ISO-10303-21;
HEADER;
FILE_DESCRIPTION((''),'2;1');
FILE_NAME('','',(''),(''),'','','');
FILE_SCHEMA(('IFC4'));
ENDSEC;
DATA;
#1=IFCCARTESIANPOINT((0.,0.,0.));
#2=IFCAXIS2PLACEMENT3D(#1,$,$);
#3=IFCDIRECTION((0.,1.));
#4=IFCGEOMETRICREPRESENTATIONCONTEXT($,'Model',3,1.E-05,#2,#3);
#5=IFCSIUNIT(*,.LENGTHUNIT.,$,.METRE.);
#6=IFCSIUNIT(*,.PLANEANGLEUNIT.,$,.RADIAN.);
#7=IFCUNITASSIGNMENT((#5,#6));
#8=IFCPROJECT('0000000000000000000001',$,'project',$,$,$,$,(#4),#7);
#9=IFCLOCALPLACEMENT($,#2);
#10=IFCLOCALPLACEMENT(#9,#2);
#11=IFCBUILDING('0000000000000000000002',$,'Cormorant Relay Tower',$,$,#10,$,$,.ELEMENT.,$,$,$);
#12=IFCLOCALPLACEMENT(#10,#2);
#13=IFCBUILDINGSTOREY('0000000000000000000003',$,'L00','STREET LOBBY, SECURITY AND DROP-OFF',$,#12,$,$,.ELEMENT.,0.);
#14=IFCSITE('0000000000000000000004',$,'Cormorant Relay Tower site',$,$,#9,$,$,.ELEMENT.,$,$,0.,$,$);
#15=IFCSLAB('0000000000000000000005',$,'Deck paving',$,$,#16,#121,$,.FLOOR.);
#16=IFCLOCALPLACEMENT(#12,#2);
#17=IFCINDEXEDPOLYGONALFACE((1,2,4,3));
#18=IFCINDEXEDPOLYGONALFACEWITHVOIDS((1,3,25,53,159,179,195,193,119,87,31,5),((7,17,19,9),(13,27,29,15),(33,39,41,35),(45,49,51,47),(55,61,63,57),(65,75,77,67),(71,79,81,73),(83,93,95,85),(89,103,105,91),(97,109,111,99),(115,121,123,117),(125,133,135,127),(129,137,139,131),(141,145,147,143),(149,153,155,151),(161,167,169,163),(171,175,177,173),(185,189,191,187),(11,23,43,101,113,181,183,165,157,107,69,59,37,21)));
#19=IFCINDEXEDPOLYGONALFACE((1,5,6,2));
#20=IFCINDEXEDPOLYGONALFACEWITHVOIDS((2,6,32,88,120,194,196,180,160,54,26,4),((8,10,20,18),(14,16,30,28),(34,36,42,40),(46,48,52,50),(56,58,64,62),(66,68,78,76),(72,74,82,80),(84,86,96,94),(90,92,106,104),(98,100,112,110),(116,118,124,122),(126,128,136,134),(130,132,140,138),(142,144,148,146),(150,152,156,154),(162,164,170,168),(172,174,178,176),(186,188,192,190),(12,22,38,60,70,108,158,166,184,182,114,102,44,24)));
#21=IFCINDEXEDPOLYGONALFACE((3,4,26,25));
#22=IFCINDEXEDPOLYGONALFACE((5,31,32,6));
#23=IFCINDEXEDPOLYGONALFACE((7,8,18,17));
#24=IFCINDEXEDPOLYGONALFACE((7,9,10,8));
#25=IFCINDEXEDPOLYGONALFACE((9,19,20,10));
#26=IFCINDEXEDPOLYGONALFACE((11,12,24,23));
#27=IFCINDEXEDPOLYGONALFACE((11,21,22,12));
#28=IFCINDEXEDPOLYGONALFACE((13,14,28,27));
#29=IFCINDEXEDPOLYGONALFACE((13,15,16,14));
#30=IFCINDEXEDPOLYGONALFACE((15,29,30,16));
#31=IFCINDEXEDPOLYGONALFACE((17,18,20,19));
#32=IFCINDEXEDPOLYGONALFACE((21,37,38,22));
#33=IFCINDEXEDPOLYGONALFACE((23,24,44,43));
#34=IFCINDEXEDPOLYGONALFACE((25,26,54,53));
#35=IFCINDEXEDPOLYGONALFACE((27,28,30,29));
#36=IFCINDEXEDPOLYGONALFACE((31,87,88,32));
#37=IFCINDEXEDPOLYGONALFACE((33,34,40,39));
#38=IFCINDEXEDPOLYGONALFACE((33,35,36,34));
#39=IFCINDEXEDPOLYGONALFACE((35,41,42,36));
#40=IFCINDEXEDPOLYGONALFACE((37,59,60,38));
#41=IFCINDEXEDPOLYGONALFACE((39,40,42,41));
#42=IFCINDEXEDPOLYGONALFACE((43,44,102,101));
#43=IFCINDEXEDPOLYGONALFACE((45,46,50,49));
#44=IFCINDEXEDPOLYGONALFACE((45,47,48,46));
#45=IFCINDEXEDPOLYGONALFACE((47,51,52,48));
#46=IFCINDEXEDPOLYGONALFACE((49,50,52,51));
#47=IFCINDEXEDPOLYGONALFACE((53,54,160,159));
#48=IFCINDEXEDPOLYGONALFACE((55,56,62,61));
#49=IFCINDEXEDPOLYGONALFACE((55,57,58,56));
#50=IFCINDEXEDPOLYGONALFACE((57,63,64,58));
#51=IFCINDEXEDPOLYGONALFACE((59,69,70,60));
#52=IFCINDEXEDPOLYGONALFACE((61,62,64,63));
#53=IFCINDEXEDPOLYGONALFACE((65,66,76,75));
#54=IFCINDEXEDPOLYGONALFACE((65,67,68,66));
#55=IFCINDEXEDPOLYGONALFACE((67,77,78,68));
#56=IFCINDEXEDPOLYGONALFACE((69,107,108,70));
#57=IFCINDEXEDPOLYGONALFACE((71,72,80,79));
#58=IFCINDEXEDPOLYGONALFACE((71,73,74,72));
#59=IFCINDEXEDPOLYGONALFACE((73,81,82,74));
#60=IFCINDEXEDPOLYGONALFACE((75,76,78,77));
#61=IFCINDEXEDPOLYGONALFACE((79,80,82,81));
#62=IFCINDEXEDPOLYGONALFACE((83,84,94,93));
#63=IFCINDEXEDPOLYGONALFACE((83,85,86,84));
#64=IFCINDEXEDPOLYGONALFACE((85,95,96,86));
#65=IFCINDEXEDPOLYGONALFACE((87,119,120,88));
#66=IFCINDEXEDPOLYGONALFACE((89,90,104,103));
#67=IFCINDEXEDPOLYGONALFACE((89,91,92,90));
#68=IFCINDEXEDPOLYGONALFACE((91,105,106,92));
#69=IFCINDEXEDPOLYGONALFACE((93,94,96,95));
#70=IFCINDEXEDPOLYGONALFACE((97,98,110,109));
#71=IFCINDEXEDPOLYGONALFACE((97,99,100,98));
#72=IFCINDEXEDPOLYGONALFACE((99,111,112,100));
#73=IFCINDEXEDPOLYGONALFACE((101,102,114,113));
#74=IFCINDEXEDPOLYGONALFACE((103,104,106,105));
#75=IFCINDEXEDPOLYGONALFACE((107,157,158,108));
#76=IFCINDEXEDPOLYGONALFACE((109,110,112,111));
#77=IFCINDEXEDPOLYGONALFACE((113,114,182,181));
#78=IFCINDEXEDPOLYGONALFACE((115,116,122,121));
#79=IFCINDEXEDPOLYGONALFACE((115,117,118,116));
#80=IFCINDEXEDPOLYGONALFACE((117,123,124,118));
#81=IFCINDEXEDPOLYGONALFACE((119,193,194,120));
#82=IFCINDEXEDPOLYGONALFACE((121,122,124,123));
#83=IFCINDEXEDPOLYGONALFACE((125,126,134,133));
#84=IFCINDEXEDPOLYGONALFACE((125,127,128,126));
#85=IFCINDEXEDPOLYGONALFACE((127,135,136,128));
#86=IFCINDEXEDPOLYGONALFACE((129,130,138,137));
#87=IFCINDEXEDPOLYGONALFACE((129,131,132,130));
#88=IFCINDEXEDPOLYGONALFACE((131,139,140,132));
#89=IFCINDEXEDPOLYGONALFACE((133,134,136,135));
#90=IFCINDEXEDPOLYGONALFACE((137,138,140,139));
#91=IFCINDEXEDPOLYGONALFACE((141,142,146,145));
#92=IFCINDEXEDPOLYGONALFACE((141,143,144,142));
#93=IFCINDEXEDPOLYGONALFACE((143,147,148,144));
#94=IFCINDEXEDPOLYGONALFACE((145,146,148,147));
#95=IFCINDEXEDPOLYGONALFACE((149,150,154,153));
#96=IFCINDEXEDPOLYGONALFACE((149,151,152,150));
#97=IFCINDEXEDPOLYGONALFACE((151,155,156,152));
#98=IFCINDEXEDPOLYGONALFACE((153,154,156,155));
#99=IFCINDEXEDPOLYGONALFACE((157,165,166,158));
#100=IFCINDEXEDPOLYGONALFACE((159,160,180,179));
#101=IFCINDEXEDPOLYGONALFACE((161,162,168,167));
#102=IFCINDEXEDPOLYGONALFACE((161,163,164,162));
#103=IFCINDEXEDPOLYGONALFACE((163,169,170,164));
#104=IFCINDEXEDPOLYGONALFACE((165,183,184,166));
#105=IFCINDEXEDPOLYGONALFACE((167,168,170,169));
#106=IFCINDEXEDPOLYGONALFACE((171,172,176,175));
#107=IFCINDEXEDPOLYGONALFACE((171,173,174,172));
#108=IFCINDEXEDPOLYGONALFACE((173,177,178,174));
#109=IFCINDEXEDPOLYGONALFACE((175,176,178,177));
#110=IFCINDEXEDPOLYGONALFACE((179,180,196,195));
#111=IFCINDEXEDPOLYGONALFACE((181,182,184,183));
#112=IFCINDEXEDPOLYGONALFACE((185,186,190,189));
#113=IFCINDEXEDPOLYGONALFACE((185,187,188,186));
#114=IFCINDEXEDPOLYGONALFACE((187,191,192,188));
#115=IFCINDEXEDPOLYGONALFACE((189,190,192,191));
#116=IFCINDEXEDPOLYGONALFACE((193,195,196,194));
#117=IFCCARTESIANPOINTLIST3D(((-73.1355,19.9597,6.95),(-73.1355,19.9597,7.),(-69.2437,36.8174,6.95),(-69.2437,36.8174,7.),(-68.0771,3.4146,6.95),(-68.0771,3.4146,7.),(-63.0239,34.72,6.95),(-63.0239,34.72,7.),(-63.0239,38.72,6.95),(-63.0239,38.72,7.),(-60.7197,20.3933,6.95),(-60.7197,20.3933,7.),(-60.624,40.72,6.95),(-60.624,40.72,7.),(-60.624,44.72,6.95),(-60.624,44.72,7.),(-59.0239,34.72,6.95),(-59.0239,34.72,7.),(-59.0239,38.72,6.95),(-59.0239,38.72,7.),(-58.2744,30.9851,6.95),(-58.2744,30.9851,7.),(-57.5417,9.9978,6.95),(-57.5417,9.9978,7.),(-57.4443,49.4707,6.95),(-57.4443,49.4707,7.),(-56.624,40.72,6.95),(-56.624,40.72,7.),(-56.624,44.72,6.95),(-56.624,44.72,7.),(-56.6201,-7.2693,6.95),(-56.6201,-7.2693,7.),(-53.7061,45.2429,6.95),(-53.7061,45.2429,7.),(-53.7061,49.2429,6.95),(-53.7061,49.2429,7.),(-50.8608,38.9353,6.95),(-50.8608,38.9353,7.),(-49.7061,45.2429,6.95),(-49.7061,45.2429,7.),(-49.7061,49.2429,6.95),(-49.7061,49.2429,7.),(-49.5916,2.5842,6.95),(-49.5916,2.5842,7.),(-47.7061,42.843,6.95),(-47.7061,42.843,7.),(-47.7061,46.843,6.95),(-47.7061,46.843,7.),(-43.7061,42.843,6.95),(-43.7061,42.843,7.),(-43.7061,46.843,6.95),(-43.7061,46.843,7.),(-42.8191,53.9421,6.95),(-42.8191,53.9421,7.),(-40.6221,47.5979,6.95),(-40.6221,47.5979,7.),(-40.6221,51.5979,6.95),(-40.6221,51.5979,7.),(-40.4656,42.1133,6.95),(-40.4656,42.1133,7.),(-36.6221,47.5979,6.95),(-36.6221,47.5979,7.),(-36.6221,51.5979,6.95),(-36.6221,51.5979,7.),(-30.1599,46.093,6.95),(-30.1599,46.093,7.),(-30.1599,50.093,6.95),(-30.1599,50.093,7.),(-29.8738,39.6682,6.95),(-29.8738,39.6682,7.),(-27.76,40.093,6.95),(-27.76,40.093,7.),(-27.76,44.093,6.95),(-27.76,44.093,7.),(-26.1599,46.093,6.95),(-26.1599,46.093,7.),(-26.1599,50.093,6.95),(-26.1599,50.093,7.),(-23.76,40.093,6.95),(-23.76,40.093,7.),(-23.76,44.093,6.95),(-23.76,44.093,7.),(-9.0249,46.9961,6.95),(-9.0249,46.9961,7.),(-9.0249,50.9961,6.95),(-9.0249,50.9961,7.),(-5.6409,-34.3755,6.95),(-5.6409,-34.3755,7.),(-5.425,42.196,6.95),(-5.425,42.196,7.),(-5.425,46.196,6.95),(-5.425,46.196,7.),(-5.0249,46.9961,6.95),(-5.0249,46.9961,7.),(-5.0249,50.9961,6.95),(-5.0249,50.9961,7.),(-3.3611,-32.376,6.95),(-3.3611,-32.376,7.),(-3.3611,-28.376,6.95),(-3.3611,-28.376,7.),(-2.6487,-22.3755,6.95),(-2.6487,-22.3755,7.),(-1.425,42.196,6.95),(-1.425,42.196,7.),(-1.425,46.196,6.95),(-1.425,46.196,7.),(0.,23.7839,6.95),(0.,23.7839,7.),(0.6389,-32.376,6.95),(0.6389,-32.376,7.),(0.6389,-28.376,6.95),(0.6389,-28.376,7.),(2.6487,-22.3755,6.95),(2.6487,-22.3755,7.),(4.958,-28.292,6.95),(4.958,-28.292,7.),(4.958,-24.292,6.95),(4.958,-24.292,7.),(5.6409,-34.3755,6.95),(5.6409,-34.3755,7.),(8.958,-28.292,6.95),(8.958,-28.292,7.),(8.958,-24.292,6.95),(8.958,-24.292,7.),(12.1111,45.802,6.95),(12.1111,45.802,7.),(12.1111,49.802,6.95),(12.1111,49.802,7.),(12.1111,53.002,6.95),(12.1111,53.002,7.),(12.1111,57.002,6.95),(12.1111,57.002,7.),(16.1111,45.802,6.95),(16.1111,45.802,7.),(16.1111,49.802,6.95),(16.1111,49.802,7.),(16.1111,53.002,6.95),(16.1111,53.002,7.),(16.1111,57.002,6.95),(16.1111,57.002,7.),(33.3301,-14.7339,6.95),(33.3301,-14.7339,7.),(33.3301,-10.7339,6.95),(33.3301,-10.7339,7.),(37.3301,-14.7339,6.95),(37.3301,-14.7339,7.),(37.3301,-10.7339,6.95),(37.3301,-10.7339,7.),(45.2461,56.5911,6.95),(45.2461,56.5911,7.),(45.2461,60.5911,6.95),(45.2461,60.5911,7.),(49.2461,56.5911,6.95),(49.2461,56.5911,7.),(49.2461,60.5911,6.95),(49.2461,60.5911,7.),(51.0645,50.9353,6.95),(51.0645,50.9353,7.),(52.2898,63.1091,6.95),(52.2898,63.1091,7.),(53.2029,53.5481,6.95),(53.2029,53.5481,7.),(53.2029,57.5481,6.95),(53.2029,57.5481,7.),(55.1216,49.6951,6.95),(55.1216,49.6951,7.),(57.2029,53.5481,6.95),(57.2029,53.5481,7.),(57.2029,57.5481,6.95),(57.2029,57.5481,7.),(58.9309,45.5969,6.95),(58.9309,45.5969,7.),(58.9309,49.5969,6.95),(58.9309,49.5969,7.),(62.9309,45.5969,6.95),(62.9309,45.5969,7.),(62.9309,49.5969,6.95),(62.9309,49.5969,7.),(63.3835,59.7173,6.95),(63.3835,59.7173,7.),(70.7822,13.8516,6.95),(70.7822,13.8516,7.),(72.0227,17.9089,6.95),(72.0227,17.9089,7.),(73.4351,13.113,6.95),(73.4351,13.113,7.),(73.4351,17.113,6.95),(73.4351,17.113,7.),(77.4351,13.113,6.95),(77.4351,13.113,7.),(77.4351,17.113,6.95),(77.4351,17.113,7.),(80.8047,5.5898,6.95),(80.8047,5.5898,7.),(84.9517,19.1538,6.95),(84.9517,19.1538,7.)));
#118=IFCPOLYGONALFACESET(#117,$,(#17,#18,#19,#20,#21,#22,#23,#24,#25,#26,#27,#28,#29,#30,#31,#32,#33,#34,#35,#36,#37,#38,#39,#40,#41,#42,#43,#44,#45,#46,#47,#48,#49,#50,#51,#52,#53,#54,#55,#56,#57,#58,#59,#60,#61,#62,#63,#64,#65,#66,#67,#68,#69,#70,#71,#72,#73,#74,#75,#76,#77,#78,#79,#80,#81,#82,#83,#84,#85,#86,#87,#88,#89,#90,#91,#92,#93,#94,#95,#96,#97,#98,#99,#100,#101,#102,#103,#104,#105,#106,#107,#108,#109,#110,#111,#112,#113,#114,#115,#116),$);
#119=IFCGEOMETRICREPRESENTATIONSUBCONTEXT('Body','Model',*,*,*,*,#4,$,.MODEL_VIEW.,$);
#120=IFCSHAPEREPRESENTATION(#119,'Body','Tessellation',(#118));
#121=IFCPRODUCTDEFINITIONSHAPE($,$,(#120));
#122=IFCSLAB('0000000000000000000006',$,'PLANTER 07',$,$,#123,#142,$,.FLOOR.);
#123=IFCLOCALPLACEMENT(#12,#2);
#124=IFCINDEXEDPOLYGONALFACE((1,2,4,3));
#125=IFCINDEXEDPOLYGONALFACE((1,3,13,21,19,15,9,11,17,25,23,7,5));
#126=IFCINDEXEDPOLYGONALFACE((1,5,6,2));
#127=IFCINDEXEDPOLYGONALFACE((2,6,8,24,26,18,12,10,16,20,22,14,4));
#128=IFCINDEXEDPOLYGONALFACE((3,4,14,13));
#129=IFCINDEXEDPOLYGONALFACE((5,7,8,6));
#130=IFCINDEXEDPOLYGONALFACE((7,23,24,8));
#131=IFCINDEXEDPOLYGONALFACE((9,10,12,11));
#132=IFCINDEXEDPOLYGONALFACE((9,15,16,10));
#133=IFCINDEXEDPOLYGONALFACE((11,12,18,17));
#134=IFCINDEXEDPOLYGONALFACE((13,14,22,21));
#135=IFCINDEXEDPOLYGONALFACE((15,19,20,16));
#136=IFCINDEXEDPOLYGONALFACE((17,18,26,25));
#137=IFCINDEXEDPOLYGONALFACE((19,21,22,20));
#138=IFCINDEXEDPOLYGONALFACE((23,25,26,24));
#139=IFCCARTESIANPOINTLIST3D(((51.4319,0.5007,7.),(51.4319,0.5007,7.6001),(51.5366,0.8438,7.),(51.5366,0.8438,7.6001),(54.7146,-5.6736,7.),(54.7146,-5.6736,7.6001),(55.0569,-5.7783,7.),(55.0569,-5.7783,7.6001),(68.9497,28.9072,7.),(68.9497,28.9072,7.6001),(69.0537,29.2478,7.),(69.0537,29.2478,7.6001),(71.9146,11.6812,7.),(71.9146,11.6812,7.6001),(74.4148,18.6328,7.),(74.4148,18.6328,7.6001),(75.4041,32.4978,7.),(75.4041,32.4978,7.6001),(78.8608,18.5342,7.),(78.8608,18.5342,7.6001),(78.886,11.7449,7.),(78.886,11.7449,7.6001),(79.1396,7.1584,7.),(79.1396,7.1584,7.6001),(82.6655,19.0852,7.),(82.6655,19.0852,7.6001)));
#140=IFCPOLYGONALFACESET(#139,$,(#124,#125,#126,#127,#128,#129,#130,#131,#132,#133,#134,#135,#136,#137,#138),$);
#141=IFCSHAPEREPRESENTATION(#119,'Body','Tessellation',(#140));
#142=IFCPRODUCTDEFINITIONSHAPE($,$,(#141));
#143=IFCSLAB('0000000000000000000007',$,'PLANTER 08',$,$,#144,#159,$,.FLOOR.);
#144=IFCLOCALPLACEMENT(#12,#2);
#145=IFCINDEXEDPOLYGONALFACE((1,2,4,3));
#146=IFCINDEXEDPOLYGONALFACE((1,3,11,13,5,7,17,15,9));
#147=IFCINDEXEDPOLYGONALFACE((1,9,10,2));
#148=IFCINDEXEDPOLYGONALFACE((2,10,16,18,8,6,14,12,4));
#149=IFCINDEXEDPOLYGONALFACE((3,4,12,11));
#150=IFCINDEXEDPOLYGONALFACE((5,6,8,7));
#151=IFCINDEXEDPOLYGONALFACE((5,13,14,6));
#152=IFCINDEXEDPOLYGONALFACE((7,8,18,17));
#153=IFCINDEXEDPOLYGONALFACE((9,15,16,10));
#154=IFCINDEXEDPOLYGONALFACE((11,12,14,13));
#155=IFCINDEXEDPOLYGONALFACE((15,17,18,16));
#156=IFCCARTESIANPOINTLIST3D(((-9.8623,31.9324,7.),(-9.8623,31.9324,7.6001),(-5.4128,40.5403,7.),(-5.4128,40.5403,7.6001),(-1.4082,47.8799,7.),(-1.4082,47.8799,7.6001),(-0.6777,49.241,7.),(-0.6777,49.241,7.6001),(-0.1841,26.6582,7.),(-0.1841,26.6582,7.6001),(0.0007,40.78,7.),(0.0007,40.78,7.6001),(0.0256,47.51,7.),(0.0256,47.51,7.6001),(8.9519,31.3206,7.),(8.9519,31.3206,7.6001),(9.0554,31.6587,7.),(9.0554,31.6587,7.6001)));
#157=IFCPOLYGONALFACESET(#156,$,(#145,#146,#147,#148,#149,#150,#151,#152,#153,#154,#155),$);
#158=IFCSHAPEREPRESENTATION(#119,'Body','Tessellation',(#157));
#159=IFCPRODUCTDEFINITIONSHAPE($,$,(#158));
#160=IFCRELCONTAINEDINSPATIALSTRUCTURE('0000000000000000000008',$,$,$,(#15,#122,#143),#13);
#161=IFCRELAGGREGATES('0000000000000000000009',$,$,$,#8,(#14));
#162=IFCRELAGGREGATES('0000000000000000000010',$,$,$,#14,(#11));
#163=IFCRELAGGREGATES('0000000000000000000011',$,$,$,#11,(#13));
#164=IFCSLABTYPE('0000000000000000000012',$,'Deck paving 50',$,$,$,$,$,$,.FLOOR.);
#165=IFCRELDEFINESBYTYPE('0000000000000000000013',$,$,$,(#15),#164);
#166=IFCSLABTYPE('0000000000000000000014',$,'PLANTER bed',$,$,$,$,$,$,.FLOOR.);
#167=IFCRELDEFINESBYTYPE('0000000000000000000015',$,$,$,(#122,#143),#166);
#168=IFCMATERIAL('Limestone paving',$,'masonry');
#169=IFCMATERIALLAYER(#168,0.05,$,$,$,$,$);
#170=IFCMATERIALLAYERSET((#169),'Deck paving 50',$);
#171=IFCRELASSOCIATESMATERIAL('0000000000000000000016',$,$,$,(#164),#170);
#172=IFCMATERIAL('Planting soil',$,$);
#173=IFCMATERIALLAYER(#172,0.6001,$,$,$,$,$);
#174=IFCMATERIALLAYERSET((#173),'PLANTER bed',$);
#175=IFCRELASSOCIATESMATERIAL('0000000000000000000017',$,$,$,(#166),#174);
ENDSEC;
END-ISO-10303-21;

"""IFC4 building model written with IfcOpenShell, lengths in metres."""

from ifc_helpers import new_model, si_unit, direction, frame, origin, place, context, subcontext, project, spatial, polyline, outline, extrude, material, layer, layer_set, type_object, element, save


model = new_model("IFC4")

# Units and contexts
model_context = context("Model", 3, precision=1e-05, world=origin(), true_north=direction((0.0, 1.0)))
body_context = subcontext(model_context, "Body", "Model", "MODEL_VIEW")
ifc_project = project(units=[si_unit("LENGTHUNIT", "METRE"), si_unit("PLANEANGLEUNIT", "RADIAN")], contexts=[model_context])

# Site, building, storey
site_placement = place(None, origin())
site = spatial("IfcSite", under=ifc_project, at=site_placement, Name="Cormorant Relay Tower site", CompositionType="ELEMENT", RefElevation=0.0)
building_placement = place(site_placement, origin())
building = spatial("IfcBuilding", under=site, at=building_placement, Name="Cormorant Relay Tower", CompositionType="ELEMENT")
storey_placement = place(building_placement, origin())
storey = spatial("IfcBuildingStorey", under=building, at=storey_placement, Name="L00", Description="STREET LOBBY, SECURITY AND DROP-OFF", CompositionType="ELEMENT", Elevation=0.0)

# Slabs
ifc_material_1 = material(Name="Limestone paving", Category="masonry")
ifc_layer_1 = layer(ifc_material_1, 0.05)
ifc_layer_set_1 = layer_set([ifc_layer_1], Name="Deck paving 50")
slab_type_1 = type_object("IfcSlabType", Name="Deck paving 50", PredefinedType="FLOOR", material=ifc_layer_set_1)
slab_1_placement = place(storey_placement, frame((0.0, 0.0, 6.95)))
element("IfcSlab", 1, at=slab_1_placement, inside=storey, type_object=slab_type_1, Name="Deck paving", PredefinedType="FLOOR", context=body_context, shape_type="SweptSolid", body=[
    extrude(outline(polyline([(-5.6409, -34.3755), (5.6409, -34.3755), (80.8047, 5.5898), (84.9517, 19.1538), (63.3835, 59.7173), (52.2898, 63.1091), (-42.8191, 53.9421), (-57.4443, 49.4707), (-69.2437, 36.8174), (-73.1355, 19.9597), (-68.0771, 3.4146), (-56.6201, -7.2693), (-5.6409, -34.3755)]), holes=[polyline([(2.6487, -22.3755), (70.7822, 13.8516), (72.0227, 17.9089), (55.1216, 49.6951), (51.0645, 50.9353), (0.0, 23.7839), (-29.8738, 39.6682), (-40.4656, 42.1133), (-50.8608, 38.9353), (-58.2744, 30.9851), (-60.7197, 20.3933), (-57.5417, 9.9978), (-49.5916, 2.5842), (-2.6487, -22.3755), (2.6487, -22.3755)]), polyline([(-59.0239, 38.72), (-63.0239, 38.72), (-63.0239, 34.72), (-59.0239, 34.72), (-59.0239, 38.72)]), polyline([(-23.76, 44.093), (-27.76, 44.093), (-27.76, 40.093), (-23.76, 40.093), (-23.76, 44.093)]), polyline([(-56.624, 44.72), (-60.624, 44.72), (-60.624, 40.72), (-56.624, 40.72), (-56.624, 44.72)]), polyline([(-1.425, 46.196), (-5.425, 46.196), (-5.425, 42.196), (-1.425, 42.196), (-1.425, 46.196)]), polyline([(-43.7061, 46.843), (-47.7061, 46.843), (-47.7061, 42.843), (-43.7061, 42.843), (-43.7061, 46.843)]), polyline([(-49.7061, 49.2429), (-53.7061, 49.2429), (-53.7061, 45.2429), (-49.7061, 45.2429), (-49.7061, 49.2429)]), polyline([(-26.1599, 50.093), (-30.1599, 50.093), (-30.1599, 46.093), (-26.1599, 46.093), (-26.1599, 50.093)]), polyline([(-5.0249, 46.9961), (-5.0249, 50.9961), (-9.0249, 50.9961), (-9.0249, 46.9961), (-5.0249, 46.9961)]), polyline([(-36.6221, 47.5979), (-36.6221, 51.5979), (-40.6221, 51.5979), (-40.6221, 47.5979), (-36.6221, 47.5979)]), polyline([(0.6389, -28.376), (-3.3611, -28.376), (-3.3611, -32.376), (0.6389, -32.376), (0.6389, -28.376)]), polyline([(8.958, -24.292), (4.958, -24.292), (4.958, -28.292), (8.958, -28.292), (8.958, -24.292)]), polyline([(37.3301, -10.7339), (33.3301, -10.7339), (33.3301, -14.7339), (37.3301, -14.7339), (37.3301, -10.7339)]), polyline([(77.4351, 17.113), (73.4351, 17.113), (73.4351, 13.113), (77.4351, 13.113), (77.4351, 17.113)]), polyline([(62.9309, 49.5969), (58.9309, 49.5969), (58.9309, 45.5969), (62.9309, 45.5969), (62.9309, 49.5969)]), polyline([(16.1111, 49.802), (12.1111, 49.802), (12.1111, 45.802), (16.1111, 45.802), (16.1111, 49.802)]), polyline([(16.1111, 57.002), (12.1111, 57.002), (12.1111, 53.002), (16.1111, 53.002), (16.1111, 57.002)]), polyline([(57.2029, 53.5481), (57.2029, 57.5481), (53.2029, 57.5481), (53.2029, 53.5481), (57.2029, 53.5481)]), polyline([(49.2461, 56.5911), (49.2461, 60.5911), (45.2461, 60.5911), (45.2461, 56.5911), (49.2461, 56.5911)])]), origin(), (0.0, 0.0, 1.0), 0.05),
])
ifc_material_2 = material(Name="Planting soil")
ifc_layer_2 = layer(ifc_material_2, 0.6001)
ifc_layer_set_2 = layer_set([ifc_layer_2], Name="PLANTER bed")
slab_type_2 = type_object("IfcSlabType", Name="PLANTER bed", PredefinedType="FLOOR", material=ifc_layer_set_2)
slab_2_placement = place(storey_placement, frame((0.0, 0.0, 7.0)))
element("IfcSlab", 2, at=slab_2_placement, inside=storey, type_object=slab_type_2, Name="PLANTER 07", PredefinedType="FLOOR", context=body_context, shape_type="SweptSolid", body=[
    extrude(outline(polyline([(55.0569, -5.7783), (79.1396, 7.1584), (82.6655, 19.0852), (75.4041, 32.4978), (69.0537, 29.2478), (68.9497, 28.9072), (74.4148, 18.6328), (78.8608, 18.5342), (78.886, 11.7449), (71.9146, 11.6812), (51.5366, 0.8438), (51.4319, 0.5007), (54.7146, -5.6736), (55.0569, -5.7783)])), origin(), (0.0, 0.0, 1.0), 0.6001),
])
slab_3_placement = place(storey_placement, frame((0.0, 0.0, 7.0)))
element("IfcSlab", 3, at=slab_3_placement, inside=storey, type_object=slab_type_2, Name="PLANTER 08", PredefinedType="FLOOR", context=body_context, shape_type="SweptSolid", body=[
    extrude(outline(polyline([(-0.1841, 26.6582), (8.9519, 31.3206), (9.0554, 31.6587), (-0.6777, 49.241), (-1.4082, 47.8799), (0.0256, 47.51), (0.0007, 40.78), (-5.4128, 40.5403), (-9.8623, 31.9324), (-0.1841, 26.6582)])), origin(), (0.0, 0.0, 1.0), 0.6001),
])

save(model, "model.ifc")
